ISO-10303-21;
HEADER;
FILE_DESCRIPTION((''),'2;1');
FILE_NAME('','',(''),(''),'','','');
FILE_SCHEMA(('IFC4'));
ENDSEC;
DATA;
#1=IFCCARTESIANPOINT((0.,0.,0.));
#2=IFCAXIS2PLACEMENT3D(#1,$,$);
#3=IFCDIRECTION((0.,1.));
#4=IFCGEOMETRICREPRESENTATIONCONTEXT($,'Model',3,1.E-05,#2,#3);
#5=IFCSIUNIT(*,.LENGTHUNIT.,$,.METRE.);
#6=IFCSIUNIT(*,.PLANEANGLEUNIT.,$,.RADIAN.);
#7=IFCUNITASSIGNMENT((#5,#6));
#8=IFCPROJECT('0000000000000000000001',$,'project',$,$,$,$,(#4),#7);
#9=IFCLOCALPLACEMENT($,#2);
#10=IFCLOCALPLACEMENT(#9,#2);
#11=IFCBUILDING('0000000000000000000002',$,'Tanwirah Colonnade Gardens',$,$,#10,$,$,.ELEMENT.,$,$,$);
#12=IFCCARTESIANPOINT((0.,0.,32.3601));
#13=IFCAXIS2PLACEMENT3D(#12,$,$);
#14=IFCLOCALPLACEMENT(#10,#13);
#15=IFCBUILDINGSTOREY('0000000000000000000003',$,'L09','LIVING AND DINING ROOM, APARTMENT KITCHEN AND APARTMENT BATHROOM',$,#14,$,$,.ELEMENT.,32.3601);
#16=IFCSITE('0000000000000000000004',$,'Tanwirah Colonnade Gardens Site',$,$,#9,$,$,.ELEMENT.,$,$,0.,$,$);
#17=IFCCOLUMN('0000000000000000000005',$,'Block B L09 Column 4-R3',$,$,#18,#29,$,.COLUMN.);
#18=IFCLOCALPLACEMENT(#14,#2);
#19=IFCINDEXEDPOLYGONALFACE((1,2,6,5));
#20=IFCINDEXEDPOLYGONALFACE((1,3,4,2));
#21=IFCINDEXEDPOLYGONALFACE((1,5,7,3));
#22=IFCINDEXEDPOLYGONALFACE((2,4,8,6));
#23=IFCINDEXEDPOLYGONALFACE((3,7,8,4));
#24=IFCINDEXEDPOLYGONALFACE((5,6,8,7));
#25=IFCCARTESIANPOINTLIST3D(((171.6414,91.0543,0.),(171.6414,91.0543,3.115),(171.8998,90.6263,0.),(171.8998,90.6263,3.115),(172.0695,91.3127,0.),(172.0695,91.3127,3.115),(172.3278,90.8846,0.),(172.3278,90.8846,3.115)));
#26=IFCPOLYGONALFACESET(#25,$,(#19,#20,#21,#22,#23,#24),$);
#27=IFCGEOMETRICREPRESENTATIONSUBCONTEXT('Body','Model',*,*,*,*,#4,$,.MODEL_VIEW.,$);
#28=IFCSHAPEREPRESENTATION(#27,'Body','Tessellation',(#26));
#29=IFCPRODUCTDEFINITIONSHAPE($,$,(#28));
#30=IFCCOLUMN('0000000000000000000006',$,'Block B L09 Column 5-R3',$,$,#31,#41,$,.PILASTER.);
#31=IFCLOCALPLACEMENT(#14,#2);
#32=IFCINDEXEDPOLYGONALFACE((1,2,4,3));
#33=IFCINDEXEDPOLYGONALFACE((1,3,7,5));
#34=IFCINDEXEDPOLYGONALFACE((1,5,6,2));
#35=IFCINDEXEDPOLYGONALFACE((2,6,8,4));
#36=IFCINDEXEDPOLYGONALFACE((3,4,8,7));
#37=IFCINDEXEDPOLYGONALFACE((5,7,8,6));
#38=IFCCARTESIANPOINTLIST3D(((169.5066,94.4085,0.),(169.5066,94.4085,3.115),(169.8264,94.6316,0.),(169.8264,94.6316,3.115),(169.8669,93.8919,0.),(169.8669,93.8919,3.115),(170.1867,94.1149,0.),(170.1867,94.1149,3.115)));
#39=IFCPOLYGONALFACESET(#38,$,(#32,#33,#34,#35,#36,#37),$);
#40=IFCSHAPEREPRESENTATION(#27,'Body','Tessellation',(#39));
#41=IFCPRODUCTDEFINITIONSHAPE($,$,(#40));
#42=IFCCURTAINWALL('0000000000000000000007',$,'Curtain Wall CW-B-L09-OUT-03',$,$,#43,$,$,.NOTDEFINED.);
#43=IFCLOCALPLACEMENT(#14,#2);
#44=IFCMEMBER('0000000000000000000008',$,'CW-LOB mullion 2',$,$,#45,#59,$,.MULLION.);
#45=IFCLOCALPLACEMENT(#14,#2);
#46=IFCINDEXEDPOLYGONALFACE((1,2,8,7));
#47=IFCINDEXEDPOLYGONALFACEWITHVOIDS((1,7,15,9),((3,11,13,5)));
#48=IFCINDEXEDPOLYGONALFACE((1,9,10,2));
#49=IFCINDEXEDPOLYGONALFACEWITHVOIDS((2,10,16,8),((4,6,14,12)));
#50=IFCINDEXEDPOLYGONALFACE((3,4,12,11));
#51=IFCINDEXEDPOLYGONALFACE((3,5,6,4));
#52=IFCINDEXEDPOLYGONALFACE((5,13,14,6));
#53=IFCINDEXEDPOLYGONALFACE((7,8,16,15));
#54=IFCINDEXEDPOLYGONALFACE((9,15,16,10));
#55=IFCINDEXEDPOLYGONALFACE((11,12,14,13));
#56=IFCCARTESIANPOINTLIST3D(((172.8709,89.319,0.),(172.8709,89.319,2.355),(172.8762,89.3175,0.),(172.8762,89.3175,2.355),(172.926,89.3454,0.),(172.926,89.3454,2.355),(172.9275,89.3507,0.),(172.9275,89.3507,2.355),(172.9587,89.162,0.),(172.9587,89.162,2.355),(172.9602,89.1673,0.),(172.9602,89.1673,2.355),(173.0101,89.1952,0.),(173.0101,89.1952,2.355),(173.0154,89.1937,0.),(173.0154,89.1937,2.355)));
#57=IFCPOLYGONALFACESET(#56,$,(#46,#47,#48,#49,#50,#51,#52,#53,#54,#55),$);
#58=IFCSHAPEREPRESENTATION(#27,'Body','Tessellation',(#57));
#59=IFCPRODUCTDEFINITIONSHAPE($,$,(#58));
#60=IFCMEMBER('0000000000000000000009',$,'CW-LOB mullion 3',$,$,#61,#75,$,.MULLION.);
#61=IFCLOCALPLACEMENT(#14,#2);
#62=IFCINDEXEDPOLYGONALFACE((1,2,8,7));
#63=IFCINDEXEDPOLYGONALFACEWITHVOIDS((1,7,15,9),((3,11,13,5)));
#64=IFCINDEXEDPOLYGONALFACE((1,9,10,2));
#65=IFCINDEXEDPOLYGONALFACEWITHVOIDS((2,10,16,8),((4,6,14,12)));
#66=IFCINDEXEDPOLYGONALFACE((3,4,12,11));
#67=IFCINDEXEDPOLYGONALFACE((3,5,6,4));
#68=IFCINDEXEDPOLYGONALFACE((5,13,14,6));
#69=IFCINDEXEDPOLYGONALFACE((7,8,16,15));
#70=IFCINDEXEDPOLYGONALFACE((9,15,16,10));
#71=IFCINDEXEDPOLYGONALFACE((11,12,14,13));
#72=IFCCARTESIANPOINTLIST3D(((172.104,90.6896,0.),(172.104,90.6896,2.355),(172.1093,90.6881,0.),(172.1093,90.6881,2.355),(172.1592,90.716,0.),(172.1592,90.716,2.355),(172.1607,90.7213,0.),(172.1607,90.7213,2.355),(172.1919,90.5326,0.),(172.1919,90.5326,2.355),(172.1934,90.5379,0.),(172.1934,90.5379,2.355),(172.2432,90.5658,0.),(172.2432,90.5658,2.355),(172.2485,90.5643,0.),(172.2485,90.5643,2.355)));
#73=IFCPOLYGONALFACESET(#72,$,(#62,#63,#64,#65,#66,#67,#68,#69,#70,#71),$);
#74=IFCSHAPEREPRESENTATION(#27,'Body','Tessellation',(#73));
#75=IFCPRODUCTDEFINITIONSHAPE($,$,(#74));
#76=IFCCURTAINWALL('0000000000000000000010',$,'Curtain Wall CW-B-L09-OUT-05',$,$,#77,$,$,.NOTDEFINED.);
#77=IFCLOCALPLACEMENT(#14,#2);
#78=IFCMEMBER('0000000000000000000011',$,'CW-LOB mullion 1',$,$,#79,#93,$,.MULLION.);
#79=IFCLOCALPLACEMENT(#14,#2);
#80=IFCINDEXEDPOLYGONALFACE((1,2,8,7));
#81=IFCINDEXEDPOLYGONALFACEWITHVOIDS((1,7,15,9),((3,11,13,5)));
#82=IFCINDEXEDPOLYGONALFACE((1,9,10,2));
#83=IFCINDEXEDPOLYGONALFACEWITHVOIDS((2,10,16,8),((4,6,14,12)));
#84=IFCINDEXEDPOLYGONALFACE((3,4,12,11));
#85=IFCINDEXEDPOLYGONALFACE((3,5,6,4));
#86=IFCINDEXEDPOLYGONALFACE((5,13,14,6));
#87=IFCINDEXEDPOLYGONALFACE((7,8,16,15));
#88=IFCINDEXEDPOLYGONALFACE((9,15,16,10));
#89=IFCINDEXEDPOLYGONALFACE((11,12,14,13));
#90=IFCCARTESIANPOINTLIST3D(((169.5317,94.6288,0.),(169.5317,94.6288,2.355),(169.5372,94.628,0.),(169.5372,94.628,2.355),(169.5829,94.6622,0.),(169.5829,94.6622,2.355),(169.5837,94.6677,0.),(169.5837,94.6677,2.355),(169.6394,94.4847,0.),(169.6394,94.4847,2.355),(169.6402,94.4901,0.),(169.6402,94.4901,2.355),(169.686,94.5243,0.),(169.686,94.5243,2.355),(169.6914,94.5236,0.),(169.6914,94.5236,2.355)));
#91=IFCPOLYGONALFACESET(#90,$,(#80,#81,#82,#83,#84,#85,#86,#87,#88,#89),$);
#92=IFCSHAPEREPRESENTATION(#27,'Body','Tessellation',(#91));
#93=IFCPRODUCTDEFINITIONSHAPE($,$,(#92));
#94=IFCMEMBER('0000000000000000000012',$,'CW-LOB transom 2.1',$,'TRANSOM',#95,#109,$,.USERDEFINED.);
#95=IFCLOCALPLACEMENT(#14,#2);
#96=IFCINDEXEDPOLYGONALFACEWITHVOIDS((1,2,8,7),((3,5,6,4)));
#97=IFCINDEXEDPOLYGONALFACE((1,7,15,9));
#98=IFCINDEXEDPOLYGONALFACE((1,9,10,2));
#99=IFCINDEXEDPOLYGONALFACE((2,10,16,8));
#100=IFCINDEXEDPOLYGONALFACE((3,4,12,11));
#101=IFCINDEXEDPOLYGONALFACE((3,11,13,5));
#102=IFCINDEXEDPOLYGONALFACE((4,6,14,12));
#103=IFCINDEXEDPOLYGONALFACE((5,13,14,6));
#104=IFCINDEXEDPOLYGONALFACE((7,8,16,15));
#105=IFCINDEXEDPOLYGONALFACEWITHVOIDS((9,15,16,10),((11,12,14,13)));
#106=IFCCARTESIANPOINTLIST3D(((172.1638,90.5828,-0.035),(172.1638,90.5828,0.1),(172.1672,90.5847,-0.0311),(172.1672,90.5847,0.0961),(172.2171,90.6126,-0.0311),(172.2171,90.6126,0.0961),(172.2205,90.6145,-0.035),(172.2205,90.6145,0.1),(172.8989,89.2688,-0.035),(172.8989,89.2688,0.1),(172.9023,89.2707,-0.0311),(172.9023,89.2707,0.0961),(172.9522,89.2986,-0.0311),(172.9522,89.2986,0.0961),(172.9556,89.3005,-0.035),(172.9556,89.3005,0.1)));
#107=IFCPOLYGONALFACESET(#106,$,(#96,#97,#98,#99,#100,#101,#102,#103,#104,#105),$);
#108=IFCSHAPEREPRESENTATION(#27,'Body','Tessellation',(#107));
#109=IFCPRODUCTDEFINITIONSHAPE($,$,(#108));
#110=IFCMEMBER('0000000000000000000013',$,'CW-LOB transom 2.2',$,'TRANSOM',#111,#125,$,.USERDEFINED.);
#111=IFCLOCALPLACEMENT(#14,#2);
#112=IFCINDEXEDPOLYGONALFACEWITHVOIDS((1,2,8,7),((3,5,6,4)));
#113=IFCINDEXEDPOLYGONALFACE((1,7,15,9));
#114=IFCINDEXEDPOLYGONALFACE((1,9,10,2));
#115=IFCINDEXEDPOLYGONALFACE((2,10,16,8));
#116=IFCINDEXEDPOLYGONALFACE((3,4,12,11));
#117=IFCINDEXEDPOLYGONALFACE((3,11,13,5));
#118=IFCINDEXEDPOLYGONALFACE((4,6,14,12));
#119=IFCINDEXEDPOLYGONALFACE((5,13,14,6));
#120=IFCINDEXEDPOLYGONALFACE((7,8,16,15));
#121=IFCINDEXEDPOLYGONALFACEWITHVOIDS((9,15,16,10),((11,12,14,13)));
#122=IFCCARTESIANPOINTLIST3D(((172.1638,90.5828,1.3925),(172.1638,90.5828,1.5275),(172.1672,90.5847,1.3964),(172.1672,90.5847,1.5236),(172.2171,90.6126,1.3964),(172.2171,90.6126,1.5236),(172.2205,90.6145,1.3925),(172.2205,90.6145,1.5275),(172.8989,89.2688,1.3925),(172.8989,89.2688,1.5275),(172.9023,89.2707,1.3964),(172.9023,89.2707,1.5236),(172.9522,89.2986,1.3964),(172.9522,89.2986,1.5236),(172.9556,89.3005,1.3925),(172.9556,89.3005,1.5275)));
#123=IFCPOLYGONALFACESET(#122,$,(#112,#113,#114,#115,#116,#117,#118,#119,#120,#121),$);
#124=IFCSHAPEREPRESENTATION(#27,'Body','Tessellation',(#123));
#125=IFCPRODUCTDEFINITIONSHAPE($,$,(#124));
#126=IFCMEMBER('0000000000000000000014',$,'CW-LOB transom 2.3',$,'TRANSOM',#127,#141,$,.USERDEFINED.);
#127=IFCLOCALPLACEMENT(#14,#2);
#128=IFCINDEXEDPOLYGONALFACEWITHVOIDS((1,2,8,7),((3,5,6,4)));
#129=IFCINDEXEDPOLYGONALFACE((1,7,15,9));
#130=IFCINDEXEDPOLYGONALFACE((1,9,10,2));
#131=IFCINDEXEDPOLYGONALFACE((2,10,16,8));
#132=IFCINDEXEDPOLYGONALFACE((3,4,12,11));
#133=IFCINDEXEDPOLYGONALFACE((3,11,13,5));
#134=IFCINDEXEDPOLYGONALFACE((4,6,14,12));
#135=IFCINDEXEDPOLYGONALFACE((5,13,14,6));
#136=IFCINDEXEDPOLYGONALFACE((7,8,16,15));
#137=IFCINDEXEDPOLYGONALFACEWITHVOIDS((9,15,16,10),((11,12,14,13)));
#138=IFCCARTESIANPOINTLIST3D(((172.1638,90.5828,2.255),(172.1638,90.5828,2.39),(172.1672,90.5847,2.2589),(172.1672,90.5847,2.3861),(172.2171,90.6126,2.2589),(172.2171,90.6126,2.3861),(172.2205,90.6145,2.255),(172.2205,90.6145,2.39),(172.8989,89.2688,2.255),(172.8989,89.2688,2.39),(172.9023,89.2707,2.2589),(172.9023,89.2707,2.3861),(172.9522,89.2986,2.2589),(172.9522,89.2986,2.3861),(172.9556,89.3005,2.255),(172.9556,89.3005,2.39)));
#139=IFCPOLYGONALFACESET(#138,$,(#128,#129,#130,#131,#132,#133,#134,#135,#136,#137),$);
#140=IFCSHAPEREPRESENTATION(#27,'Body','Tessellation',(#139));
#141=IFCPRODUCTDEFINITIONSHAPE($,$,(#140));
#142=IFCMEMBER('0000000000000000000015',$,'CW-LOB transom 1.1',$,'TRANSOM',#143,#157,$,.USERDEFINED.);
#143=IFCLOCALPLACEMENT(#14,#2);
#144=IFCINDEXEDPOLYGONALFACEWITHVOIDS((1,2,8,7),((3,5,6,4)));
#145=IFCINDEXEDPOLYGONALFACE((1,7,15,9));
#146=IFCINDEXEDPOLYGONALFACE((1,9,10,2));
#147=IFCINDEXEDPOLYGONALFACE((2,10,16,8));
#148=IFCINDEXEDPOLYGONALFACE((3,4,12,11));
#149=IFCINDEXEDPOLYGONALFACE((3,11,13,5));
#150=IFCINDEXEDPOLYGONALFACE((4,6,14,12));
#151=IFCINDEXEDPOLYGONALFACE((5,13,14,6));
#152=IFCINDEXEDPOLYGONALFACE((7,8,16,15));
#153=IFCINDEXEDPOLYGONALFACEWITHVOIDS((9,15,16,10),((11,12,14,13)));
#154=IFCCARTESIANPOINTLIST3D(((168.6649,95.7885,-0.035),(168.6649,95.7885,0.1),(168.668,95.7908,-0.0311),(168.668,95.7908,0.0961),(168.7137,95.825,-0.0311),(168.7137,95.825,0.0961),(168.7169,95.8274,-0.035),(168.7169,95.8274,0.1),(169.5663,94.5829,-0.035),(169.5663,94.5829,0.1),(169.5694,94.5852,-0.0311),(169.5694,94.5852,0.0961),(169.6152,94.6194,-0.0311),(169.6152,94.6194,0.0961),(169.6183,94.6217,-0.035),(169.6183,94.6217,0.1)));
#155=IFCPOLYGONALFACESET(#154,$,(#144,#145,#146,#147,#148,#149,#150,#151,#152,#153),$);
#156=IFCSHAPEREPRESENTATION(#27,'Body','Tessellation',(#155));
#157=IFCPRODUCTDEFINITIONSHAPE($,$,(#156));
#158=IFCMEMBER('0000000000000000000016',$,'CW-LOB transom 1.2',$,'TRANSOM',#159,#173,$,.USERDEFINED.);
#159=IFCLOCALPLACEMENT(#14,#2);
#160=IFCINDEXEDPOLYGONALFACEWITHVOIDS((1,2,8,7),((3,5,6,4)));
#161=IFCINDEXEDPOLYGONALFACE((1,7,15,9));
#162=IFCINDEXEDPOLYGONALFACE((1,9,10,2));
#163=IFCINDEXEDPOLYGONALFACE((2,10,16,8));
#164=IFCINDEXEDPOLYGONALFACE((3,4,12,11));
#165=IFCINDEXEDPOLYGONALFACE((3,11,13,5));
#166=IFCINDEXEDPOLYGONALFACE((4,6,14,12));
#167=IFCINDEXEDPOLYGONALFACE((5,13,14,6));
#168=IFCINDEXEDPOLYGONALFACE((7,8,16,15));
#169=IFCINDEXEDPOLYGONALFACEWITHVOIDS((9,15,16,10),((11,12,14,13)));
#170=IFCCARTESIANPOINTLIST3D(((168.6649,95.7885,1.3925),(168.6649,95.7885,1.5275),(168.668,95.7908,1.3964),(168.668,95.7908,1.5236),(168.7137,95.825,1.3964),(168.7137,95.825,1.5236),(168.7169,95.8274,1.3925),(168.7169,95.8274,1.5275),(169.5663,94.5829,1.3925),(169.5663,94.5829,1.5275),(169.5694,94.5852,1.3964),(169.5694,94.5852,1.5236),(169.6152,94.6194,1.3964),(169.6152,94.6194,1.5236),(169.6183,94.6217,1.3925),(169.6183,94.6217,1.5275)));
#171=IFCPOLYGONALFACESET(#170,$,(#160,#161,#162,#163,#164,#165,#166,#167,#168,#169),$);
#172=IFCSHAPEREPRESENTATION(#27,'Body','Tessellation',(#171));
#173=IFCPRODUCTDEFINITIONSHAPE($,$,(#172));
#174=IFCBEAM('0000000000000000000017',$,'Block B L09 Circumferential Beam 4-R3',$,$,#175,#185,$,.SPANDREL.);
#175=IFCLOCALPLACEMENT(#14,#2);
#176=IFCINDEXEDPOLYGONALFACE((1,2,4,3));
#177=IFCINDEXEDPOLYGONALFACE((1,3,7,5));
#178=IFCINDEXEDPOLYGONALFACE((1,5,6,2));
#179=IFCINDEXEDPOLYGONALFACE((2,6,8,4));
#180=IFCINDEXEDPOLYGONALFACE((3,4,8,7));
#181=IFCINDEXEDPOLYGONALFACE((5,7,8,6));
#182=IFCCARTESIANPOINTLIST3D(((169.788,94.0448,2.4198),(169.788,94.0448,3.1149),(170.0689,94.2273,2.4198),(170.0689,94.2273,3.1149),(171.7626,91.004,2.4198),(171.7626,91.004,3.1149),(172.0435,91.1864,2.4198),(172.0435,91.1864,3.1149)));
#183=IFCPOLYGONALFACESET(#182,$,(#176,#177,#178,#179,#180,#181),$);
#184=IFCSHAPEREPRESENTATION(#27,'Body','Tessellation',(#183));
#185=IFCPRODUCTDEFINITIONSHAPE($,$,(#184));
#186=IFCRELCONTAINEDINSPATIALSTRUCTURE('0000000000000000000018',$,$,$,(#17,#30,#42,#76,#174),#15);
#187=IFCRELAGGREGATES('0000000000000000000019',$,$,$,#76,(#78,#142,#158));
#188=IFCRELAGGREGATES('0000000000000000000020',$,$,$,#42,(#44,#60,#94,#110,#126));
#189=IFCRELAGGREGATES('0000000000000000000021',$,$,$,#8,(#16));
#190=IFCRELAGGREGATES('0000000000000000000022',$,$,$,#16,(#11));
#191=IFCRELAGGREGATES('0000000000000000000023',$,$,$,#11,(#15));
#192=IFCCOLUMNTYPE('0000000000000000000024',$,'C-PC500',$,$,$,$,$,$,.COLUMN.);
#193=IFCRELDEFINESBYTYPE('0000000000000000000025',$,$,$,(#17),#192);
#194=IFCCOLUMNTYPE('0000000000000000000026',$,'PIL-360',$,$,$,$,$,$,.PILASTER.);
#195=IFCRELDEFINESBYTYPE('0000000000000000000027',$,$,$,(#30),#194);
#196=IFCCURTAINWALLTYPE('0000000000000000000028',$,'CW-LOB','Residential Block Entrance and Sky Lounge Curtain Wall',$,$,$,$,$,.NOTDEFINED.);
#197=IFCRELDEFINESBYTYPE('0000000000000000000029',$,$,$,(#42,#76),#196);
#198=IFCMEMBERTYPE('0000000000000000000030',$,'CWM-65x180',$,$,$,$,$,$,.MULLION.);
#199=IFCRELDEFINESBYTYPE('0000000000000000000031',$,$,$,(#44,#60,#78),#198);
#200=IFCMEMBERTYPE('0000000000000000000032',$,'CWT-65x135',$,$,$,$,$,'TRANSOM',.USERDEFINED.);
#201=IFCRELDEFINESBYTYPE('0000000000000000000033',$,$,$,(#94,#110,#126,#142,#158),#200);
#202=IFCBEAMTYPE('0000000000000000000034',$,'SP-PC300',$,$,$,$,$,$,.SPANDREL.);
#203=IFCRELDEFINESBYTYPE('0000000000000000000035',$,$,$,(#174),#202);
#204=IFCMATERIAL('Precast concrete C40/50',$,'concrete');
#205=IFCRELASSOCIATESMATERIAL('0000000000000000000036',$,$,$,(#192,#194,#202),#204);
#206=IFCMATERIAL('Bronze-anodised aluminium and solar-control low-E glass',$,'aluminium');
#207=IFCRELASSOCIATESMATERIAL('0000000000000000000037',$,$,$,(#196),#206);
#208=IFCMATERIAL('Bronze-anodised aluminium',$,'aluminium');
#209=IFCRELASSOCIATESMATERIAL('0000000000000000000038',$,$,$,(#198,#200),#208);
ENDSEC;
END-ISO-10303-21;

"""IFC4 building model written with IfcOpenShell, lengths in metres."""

from ifc_helpers import new_model, si_unit, direction, frame, origin, origin_2d, place, context, subcontext, project, spatial, rectangle, hollow_rectangle, extrude, material, material_profile, profile_set, type_object, element, aggregate, save


model = new_model("IFC4")

# Units and contexts
model_context = context("Model", 3, precision=1e-05, world=origin(), true_north=direction((0.0, 1.0)))
body_context = subcontext(model_context, "Body", "Model", "MODEL_VIEW")
ifc_project = project(units=[si_unit("LENGTHUNIT", "METRE"), si_unit("PLANEANGLEUNIT", "RADIAN")], contexts=[model_context])

# Site, building, storey
site_placement = place(None, origin())
site = spatial("IfcSite", under=ifc_project, at=site_placement, Name="Tanwirah Colonnade Gardens Site", CompositionType="ELEMENT", RefElevation=0.0)
building_placement = place(site_placement, origin())
building = spatial("IfcBuilding", under=site, at=building_placement, Name="Tanwirah Colonnade Gardens", CompositionType="ELEMENT")
storey_placement = place(building_placement, frame((0.0, 0.0, 32.3601)))
storey = spatial("IfcBuildingStorey", under=building, at=storey_placement, Name="L09", Description="LIVING AND DINING ROOM, APARTMENT KITCHEN AND APARTMENT BATHROOM", CompositionType="ELEMENT", Elevation=32.3601)

# Columns
ifc_material_1 = material(Name="Precast concrete C40/50", Category="concrete")
ifc_material_profile_1 = material_profile(ifc_material_1, rectangle(XDim=0.5, YDim=0.5, at=origin_2d()), Name="PC-COL 500x500")
ifc_profile_set_1 = profile_set([ifc_material_profile_1], Name="Precast concrete C40/50")
column_type_1 = type_object("IfcColumnType", Name="C-PC500", PredefinedType="COLUMN", material=ifc_profile_set_1)
column_1_placement = place(storey_placement, frame((171.9846, 90.9695, 0.0), z_axis=(0.0, 0.0, 1.0), x_axis=(0.856167, 0.516699, 0.0)))
element("IfcColumn", 1, at=column_1_placement, inside=storey, type_object=column_type_1, Name="Block B L09 Column 4-R3", PredefinedType="COLUMN", context=body_context, shape_type="SweptSolid", body=[
    extrude(rectangle(XDim=0.5, YDim=0.5, at=origin_2d()), origin(), (0.0, 0.0, 1.0), 3.115),
])
ifc_material_profile_2 = material_profile(ifc_material_1, rectangle(XDim=0.3899, YDim=0.6299, at=origin_2d()), Name="PC-PIL 390x630")
ifc_profile_set_2 = profile_set([ifc_material_profile_2], Name="Precast concrete C40/50")
column_type_2 = type_object("IfcColumnType", Name="PIL-360", PredefinedType="PILASTER", material=ifc_profile_set_2)
column_2_placement = place(storey_placement, frame((169.8467, 94.2617, 0.0), z_axis=(0.0, 0.0, 1.0), x_axis=(0.820263, 0.571987, 0.0)))
element("IfcColumn", 2, at=column_2_placement, inside=storey, type_object=column_type_2, Name="Block B L09 Column 5-R3", PredefinedType="PILASTER", context=body_context, shape_type="SweptSolid", body=[
    extrude(rectangle(XDim=0.3899, YDim=0.6299, at=origin_2d()), origin(), (0.0, 0.0, 1.0), 3.115),
])

# Curtain wall, members
ifc_material_2 = material(Name="Bronze-anodised aluminium and solar-control low-E glass", Category="aluminium")
curtain_wall_type = type_object("IfcCurtainWallType", Name="CW-LOB", Description="Residential Block Entrance and Sky Lounge Curtain Wall", PredefinedType="NOTDEFINED", material=ifc_material_2)
curtain_wall_1_placement = place(storey_placement, origin())
curtain_wall_1 = element("IfcCurtainWall", 3, at=curtain_wall_1_placement, inside=storey, type_object=curtain_wall_type, Name="Curtain Wall CW-B-L09-OUT-03", PredefinedType="NOTDEFINED")
ifc_material_3 = material(Name="Bronze-anodised aluminium", Category="aluminium")
ifc_material_profile_3 = material_profile(ifc_material_3, hollow_rectangle(XDim=0.0649, YDim=0.1799, WallThickness=0.0039, at=origin_2d()), Name="CW-MUL 65x180x4")
ifc_profile_set_3 = profile_set([ifc_material_profile_3], Name="Bronze-anodised aluminium")
member_type_1 = type_object("IfcMemberType", Name="CWM-65x180", PredefinedType="MULLION", material=ifc_profile_set_3)
member_1_placement = place(storey_placement, frame((172.9431, 89.2563, 0.0), z_axis=(0.0, 0.0, 1.0), x_axis=(-0.872732, -0.4882, 0.0)))
member_1 = element("IfcMember", 4, at=member_1_placement, type_object=member_type_1, Name="CW-LOB mullion 2", PredefinedType="MULLION", context=body_context, shape_type="SweptSolid", body=[
    extrude(hollow_rectangle(XDim=0.0649, YDim=0.1799, WallThickness=0.0039, at=origin_2d()), origin(), (0.0, 0.0, 1.0), 2.355),
])
member_2_placement = place(storey_placement, frame((172.1763, 90.627, 0.0), z_axis=(0.0, 0.0, 1.0), x_axis=(-0.872732, -0.4882, 0.0)))
member_2 = element("IfcMember", 5, at=member_2_placement, type_object=member_type_1, Name="CW-LOB mullion 3", PredefinedType="MULLION", context=body_context, shape_type="SweptSolid", body=[
    extrude(hollow_rectangle(XDim=0.0649, YDim=0.1799, WallThickness=0.0039, at=origin_2d()), origin(), (0.0, 0.0, 1.0), 2.355),
])

# Curtain wall, member
curtain_wall_2_placement = place(storey_placement, origin())
curtain_wall_2 = element("IfcCurtainWall", 6, at=curtain_wall_2_placement, inside=storey, type_object=curtain_wall_type, Name="Curtain Wall CW-B-L09-OUT-05", PredefinedType="NOTDEFINED")
member_3_placement = place(storey_placement, frame((169.6116, 94.5762, 0.0), z_axis=(0.0, 0.0, 1.0), x_axis=(-0.800964, -0.598712, 0.0)))
member_3 = element("IfcMember", 7, at=member_3_placement, type_object=member_type_1, Name="CW-LOB mullion 1", PredefinedType="MULLION", context=body_context, shape_type="SweptSolid", body=[
    extrude(hollow_rectangle(XDim=0.0649, YDim=0.1799, WallThickness=0.0039, at=origin_2d()), origin(), (0.0, 0.0, 1.0), 2.355),
])

# Members
ifc_material_profile_4 = material_profile(ifc_material_3, hollow_rectangle(XDim=0.0649, YDim=0.135, WallThickness=0.0039, at=origin_2d()), Name="CW-TRN 65x135x4")
ifc_profile_set_4 = profile_set([ifc_material_profile_4], Name="Bronze-anodised aluminium")
member_type_2 = type_object("IfcMemberType", Name="CWT-65x135", ElementType="TRANSOM", PredefinedType="USERDEFINED", material=ifc_profile_set_4)
member_4_placement = place(storey_placement, frame((172.9272, 89.2847, 0.0325), z_axis=(-0.488243, 0.872708, 0.0), x_axis=(-0.872708, -0.488243, 0.0)))
member_4 = element("IfcMember", 8, at=member_4_placement, type_object=member_type_2, Name="CW-LOB transom 2.1", ObjectType="TRANSOM", PredefinedType="USERDEFINED", context=body_context, shape_type="SweptSolid", body=[
    extrude(hollow_rectangle(XDim=0.0649, YDim=0.135, WallThickness=0.0039, at=origin_2d()), origin(), (0.0, 0.0, 1.0), 1.5056),
])
member_5_placement = place(storey_placement, frame((172.9272, 89.2847, 1.46), z_axis=(-0.488243, 0.872708, 0.0), x_axis=(-0.872708, -0.488243, 0.0)))
member_5 = element("IfcMember", 9, at=member_5_placement, type_object=member_type_2, Name="CW-LOB transom 2.2", ObjectType="TRANSOM", PredefinedType="USERDEFINED", context=body_context, shape_type="SweptSolid", body=[
    extrude(hollow_rectangle(XDim=0.0649, YDim=0.135, WallThickness=0.0039, at=origin_2d()), origin(), (0.0, 0.0, 1.0), 1.5056),
])
member_6_placement = place(storey_placement, frame((172.9272, 89.2847, 2.3225), z_axis=(-0.488243, 0.872708, 0.0), x_axis=(-0.872708, -0.488243, 0.0)))
member_6 = element("IfcMember", 10, at=member_6_placement, type_object=member_type_2, Name="CW-LOB transom 2.3", ObjectType="TRANSOM", PredefinedType="USERDEFINED", context=body_context, shape_type="SweptSolid", body=[
    extrude(hollow_rectangle(XDim=0.0649, YDim=0.135, WallThickness=0.0039, at=origin_2d()), origin(), (0.0, 0.0, 1.0), 1.5056),
])
member_7_placement = place(storey_placement, frame((169.5923, 94.6023, 0.0325), z_axis=(-0.598806, 0.800894, 0.0), x_axis=(-0.800894, -0.598806, 0.0)))
member_7 = element("IfcMember", 11, at=member_7_placement, type_object=member_type_2, Name="CW-LOB transom 1.1", ObjectType="TRANSOM", PredefinedType="USERDEFINED", context=body_context, shape_type="SweptSolid", body=[
    extrude(hollow_rectangle(XDim=0.0649, YDim=0.135, WallThickness=0.0039, at=origin_2d()), origin(), (0.0, 0.0, 1.0), 1.5054),
])
member_8_placement = place(storey_placement, frame((169.5923, 94.6023, 1.46), z_axis=(-0.598806, 0.800894, 0.0), x_axis=(-0.800894, -0.598806, 0.0)))
member_8 = element("IfcMember", 12, at=member_8_placement, type_object=member_type_2, Name="CW-LOB transom 1.2", ObjectType="TRANSOM", PredefinedType="USERDEFINED", context=body_context, shape_type="SweptSolid", body=[
    extrude(hollow_rectangle(XDim=0.0649, YDim=0.135, WallThickness=0.0039, at=origin_2d()), origin(), (0.0, 0.0, 1.0), 1.5054),
])
aggregate(curtain_wall_2, [member_3, member_7, member_8])

# Beam
ifc_material_profile_5 = material_profile(ifc_material_1, rectangle(XDim=0.335, YDim=0.6951, at=origin_2d()), Name="PC-SP 335x695")
ifc_profile_set_5 = profile_set([ifc_material_profile_5], Name="Precast concrete C40/50")
beam_type = type_object("IfcBeamType", Name="SP-PC300", PredefinedType="SPANDREL", material=ifc_profile_set_5)
for number, where, z_axis, x_axis, name in (
    (13, (171.9031, 91.0952, 2.7673), (-0.544621, 0.838682, 0.0), (-0.838682, -0.544621, 0.0), "Block B L09 Circumferential Beam 4-R3"),
):
    element("IfcBeam", number, at=place(storey_placement, frame(where, z_axis=z_axis, x_axis=x_axis)), inside=storey, type_object=beam_type, Name=name, PredefinedType="SPANDREL", context=body_context, shape_type="SweptSolid", body=[
        extrude(rectangle(XDim=0.335, YDim=0.6951, at=origin_2d()), origin(), (0.0, 0.0, 1.0), 3.6257),
    ])

aggregate(curtain_wall_1, [member_1, member_2, member_4, member_5, member_6])

save(model, "model.ifc")
